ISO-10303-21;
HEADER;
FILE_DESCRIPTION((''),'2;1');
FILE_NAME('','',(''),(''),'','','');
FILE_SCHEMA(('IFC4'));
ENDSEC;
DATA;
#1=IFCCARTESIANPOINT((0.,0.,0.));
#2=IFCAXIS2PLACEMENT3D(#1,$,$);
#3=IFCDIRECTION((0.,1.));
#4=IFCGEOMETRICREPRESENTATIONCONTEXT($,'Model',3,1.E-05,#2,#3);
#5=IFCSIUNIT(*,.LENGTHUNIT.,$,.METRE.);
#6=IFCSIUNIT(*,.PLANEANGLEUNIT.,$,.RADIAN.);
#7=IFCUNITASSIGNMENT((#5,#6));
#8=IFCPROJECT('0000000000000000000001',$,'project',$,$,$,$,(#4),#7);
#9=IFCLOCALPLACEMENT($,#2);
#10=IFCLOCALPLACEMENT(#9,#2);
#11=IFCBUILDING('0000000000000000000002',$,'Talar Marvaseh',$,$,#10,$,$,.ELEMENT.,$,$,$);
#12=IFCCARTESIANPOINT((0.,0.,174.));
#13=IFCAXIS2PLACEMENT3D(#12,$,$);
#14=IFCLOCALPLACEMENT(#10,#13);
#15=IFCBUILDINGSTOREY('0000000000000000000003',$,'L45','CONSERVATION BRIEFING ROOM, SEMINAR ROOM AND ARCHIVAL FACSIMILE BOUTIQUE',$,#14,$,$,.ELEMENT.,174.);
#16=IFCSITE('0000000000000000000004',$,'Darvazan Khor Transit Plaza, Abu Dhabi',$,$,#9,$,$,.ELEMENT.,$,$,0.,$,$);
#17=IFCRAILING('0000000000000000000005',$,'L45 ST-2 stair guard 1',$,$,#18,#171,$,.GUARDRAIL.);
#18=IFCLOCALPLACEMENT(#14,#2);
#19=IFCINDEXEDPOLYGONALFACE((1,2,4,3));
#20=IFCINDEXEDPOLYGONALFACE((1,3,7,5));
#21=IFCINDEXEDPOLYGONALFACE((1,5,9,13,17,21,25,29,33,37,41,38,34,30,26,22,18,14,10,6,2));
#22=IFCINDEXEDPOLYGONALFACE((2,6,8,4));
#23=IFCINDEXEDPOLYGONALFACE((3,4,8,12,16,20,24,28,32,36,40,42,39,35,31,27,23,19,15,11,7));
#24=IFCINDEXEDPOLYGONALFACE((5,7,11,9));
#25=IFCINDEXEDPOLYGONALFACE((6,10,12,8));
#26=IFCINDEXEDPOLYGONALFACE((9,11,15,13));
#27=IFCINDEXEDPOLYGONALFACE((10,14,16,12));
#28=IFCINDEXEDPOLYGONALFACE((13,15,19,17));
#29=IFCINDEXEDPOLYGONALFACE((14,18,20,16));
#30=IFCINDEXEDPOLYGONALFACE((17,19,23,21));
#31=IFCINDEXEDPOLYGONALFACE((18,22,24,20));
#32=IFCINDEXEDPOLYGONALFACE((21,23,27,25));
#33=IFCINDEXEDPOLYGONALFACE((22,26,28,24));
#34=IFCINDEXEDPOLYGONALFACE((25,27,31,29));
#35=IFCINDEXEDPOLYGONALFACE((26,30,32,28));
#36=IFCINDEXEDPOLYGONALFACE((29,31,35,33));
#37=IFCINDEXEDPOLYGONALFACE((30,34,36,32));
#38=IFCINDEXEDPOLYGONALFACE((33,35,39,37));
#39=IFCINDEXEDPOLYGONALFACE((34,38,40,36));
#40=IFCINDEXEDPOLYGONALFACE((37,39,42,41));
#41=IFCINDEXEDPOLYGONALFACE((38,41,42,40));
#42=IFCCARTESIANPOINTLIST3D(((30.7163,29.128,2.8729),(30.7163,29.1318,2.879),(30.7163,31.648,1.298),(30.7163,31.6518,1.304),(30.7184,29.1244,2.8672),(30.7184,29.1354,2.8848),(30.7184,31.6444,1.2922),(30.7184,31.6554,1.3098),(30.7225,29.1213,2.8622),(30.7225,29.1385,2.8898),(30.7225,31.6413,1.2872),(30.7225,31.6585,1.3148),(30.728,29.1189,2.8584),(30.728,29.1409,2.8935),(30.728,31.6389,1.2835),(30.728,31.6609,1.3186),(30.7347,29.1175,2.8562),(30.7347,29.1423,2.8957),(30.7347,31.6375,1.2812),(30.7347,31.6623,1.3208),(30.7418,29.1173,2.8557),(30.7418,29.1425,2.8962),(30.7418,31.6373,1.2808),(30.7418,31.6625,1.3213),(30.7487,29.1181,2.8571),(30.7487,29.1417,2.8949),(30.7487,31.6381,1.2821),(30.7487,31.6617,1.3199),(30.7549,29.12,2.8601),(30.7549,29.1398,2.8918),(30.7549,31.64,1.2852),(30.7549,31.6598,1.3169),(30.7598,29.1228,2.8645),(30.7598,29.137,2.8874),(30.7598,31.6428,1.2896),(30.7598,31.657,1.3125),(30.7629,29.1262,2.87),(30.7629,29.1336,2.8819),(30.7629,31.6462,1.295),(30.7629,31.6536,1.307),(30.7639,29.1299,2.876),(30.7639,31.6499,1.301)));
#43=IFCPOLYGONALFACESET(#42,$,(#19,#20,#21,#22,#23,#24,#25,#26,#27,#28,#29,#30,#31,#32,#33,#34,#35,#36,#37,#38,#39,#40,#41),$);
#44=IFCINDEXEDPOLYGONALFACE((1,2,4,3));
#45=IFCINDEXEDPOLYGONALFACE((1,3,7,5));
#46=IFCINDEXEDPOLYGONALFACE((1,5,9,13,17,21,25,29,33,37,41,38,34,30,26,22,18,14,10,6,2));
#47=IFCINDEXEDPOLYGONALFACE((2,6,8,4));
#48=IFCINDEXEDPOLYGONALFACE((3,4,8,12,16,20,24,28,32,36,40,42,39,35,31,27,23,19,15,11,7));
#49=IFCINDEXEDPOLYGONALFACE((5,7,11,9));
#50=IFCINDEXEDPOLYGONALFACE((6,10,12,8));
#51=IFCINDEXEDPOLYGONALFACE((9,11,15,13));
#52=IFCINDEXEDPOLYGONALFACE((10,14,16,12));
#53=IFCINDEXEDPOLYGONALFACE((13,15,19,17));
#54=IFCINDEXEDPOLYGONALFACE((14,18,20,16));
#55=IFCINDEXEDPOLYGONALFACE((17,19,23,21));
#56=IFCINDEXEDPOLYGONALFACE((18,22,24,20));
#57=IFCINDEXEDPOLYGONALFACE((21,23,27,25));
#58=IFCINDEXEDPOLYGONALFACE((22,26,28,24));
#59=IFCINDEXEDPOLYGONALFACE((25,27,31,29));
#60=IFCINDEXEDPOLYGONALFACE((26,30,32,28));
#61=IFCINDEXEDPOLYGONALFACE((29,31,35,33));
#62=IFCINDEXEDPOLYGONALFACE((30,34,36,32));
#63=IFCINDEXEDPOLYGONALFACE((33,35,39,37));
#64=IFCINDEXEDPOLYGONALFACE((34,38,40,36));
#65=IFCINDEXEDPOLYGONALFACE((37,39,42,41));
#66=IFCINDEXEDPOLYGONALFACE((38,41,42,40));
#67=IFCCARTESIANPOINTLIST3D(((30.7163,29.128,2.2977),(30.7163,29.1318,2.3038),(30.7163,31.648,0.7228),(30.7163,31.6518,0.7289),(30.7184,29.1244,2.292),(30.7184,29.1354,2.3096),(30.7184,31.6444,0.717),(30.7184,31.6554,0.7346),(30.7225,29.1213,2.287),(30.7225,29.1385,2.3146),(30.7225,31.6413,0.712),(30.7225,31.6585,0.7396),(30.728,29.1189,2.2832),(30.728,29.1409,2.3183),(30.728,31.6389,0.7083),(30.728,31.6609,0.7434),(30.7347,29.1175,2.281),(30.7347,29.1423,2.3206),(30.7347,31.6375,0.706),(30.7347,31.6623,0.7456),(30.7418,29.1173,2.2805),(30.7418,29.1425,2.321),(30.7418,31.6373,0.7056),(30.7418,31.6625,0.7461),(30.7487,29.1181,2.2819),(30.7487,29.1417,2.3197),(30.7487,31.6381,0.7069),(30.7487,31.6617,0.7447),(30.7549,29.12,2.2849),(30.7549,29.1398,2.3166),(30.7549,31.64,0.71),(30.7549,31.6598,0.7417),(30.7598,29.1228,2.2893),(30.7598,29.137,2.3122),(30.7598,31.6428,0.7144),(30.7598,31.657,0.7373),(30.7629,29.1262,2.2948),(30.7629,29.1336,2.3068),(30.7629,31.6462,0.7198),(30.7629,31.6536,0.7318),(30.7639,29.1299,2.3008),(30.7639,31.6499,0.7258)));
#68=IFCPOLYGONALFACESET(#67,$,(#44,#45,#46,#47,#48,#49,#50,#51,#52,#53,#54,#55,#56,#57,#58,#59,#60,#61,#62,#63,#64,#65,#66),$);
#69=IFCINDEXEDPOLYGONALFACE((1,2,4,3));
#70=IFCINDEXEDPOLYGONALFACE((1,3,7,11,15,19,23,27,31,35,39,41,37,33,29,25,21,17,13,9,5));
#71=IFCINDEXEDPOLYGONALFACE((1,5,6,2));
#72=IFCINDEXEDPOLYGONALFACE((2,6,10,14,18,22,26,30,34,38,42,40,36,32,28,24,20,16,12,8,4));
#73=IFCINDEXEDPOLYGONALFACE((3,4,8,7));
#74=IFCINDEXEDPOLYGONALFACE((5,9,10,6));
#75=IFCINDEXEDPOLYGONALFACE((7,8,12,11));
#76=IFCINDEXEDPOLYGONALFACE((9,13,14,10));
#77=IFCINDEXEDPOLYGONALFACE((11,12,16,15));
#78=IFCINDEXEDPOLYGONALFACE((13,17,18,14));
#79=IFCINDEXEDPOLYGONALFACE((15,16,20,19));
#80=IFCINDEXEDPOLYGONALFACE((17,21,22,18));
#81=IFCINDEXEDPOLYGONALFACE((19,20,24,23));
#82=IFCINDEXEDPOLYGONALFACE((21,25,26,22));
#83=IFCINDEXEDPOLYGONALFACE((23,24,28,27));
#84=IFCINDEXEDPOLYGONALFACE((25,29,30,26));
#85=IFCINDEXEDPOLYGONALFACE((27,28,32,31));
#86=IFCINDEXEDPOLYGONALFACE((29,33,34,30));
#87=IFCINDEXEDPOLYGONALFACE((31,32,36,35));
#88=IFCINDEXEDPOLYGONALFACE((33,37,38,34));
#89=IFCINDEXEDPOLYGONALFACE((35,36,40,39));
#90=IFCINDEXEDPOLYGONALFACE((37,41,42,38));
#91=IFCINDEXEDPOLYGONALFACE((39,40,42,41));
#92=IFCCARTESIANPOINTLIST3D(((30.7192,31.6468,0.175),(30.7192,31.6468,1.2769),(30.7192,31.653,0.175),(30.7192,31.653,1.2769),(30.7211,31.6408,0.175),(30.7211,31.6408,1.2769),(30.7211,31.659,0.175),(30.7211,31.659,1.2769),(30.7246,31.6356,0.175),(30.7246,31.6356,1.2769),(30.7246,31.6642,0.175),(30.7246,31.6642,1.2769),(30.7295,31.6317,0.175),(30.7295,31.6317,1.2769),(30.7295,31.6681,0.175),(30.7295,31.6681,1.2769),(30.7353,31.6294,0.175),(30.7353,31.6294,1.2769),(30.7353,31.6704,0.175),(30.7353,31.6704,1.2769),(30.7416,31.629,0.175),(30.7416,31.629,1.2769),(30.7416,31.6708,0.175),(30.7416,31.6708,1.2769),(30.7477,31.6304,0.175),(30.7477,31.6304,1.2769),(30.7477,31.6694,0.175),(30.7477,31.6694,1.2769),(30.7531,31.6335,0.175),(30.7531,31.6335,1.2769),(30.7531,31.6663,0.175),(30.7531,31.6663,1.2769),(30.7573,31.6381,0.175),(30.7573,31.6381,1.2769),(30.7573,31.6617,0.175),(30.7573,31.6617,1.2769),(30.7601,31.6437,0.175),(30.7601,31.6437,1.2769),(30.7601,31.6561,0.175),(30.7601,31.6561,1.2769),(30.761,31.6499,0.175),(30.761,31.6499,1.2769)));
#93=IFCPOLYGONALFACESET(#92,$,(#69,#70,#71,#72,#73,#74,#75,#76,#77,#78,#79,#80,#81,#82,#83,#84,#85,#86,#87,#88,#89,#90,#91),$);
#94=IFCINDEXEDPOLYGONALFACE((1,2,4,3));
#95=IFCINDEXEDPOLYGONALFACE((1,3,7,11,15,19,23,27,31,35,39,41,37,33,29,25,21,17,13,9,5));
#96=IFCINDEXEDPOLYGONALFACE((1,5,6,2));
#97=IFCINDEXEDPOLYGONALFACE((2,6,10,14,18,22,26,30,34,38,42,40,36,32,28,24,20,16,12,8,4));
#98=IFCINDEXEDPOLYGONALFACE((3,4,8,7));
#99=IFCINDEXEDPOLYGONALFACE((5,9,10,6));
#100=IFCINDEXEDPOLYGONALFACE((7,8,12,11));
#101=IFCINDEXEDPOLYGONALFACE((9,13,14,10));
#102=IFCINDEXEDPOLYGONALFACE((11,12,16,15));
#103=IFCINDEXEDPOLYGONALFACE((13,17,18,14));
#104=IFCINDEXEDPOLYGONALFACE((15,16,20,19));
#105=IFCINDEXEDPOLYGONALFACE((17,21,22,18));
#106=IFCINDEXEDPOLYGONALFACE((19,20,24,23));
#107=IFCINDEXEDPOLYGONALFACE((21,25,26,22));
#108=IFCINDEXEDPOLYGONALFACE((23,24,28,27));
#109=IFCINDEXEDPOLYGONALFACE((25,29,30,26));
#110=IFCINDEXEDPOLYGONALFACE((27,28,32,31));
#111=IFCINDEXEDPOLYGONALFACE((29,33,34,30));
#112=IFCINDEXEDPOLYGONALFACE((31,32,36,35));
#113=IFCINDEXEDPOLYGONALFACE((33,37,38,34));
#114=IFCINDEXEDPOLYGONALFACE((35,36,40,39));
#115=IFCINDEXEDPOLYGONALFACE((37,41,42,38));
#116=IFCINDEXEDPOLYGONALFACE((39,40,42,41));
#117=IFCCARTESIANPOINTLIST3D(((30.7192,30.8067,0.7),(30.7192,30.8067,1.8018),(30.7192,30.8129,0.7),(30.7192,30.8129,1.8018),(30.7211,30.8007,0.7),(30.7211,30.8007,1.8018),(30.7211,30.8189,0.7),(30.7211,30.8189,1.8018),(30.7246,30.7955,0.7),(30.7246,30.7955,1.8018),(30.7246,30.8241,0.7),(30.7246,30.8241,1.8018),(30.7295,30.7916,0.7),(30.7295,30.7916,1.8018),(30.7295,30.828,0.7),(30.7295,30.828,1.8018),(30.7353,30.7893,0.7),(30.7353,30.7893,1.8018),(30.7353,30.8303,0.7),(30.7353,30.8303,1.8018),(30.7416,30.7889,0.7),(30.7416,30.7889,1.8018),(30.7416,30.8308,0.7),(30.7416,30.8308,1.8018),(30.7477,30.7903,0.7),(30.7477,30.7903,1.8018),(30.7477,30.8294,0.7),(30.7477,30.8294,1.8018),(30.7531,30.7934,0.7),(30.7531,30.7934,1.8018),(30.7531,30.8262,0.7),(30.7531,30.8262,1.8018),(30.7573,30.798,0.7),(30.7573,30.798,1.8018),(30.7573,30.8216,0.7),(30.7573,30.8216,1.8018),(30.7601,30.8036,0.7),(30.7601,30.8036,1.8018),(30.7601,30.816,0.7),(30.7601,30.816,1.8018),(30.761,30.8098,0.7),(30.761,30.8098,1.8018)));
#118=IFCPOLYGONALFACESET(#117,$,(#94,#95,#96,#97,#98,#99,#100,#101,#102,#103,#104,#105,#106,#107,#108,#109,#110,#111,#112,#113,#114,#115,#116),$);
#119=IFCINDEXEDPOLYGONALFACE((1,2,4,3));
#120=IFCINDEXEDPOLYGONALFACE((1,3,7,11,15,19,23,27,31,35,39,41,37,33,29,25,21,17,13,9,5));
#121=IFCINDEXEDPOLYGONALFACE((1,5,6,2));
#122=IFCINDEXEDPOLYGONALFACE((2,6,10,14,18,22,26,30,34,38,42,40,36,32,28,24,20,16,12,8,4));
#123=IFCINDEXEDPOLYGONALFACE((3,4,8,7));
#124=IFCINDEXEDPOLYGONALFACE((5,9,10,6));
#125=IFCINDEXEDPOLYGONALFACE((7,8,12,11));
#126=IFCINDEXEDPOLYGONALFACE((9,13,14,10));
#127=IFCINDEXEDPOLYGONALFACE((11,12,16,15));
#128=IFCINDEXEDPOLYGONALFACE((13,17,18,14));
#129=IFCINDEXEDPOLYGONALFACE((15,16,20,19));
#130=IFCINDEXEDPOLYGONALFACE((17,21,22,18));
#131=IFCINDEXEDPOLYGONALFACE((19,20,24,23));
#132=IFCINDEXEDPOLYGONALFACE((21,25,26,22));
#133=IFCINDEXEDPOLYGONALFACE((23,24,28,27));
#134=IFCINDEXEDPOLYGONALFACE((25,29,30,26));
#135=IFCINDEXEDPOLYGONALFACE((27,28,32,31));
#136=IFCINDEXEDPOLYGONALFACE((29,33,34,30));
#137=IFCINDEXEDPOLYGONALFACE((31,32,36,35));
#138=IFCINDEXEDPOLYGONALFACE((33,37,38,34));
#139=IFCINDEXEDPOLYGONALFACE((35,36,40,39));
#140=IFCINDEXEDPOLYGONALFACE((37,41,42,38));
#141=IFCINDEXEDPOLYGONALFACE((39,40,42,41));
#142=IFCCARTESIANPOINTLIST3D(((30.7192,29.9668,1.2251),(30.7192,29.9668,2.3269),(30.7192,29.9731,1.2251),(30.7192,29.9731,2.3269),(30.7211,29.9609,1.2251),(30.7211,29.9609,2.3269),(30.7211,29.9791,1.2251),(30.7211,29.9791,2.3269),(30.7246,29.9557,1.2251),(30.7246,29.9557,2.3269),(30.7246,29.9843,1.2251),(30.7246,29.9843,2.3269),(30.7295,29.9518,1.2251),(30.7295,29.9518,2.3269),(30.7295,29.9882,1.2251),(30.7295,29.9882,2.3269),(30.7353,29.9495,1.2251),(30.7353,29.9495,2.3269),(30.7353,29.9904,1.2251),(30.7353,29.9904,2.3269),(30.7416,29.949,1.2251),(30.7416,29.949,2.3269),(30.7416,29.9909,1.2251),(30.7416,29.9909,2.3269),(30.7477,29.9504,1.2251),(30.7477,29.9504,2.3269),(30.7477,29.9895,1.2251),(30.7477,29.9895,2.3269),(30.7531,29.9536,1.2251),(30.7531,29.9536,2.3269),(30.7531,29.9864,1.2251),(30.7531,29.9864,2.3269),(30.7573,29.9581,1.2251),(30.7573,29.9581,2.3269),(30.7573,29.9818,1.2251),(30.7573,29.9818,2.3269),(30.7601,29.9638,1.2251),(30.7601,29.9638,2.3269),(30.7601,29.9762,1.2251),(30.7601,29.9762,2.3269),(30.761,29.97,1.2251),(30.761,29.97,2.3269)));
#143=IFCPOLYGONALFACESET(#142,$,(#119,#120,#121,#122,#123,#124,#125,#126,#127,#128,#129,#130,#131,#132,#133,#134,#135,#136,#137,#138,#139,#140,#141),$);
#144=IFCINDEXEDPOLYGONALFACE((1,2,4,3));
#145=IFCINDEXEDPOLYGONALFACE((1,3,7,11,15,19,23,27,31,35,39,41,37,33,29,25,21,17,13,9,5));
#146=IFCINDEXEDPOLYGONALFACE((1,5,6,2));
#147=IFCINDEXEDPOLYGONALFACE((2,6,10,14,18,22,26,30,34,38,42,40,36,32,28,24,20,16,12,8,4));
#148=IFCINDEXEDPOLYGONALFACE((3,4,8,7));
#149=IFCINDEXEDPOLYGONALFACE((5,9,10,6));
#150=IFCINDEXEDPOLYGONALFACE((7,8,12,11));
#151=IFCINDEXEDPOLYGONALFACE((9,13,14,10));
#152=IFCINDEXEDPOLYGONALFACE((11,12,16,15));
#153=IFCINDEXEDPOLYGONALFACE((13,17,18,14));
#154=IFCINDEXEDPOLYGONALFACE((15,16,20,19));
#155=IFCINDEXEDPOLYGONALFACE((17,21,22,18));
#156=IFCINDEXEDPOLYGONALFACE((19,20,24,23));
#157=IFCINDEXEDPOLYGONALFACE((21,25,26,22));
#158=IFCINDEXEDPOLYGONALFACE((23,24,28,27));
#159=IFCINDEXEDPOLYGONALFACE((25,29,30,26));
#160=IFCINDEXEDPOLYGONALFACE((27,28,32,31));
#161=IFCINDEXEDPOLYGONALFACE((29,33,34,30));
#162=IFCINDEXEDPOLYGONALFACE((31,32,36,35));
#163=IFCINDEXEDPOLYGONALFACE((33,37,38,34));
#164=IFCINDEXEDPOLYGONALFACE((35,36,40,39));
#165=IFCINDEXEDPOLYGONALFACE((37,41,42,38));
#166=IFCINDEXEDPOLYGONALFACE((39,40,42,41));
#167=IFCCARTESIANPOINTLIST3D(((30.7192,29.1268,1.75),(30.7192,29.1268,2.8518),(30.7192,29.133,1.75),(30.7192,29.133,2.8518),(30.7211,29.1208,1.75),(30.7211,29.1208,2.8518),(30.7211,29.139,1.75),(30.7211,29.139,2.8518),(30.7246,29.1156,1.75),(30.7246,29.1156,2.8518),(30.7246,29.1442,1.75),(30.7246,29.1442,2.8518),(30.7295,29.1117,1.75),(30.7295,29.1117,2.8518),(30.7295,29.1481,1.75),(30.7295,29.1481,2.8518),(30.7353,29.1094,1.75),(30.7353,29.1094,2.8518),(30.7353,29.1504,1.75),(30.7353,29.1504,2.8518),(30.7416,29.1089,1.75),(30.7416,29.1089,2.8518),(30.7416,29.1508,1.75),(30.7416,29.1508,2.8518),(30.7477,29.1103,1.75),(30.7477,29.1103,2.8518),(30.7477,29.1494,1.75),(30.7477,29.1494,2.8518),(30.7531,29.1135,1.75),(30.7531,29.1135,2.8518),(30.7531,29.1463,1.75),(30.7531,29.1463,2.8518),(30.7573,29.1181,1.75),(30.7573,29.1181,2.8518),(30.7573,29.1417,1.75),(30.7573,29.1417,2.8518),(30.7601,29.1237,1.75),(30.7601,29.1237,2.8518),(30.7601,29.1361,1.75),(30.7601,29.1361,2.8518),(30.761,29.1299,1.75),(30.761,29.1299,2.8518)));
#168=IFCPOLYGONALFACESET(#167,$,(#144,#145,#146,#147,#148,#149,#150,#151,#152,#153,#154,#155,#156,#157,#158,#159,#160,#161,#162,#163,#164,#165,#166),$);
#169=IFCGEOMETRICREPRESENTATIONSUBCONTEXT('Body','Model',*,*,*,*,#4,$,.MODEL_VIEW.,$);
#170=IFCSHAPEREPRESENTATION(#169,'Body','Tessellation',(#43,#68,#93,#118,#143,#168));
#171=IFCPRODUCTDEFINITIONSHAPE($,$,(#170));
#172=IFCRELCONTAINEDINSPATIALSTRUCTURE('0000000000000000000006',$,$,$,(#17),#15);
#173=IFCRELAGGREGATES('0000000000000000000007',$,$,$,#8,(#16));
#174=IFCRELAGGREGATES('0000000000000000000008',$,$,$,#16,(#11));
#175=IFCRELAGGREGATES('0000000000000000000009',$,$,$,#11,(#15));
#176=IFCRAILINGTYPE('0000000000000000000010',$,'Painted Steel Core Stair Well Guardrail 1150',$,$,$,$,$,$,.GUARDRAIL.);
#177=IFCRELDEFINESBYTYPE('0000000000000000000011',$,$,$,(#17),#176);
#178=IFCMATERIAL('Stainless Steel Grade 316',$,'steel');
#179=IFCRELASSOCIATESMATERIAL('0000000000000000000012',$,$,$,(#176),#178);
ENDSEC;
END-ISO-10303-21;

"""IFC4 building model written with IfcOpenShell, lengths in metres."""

from ifc_helpers import new_model, si_unit, direction, frame, origin, origin_2d, place, context, subcontext, project, spatial, circle, extrude, material, type_object, element, save


model = new_model("IFC4")

# Units and contexts
model_context = context("Model", 3, precision=1e-05, world=origin(), true_north=direction((0.0, 1.0)))
body_context = subcontext(model_context, "Body", "Model", "MODEL_VIEW")
ifc_project = project(units=[si_unit("LENGTHUNIT", "METRE"), si_unit("PLANEANGLEUNIT", "RADIAN")], contexts=[model_context])

# Site, building, storey
site_placement = place(None, origin())
site = spatial("IfcSite", under=ifc_project, at=site_placement, Name="Darvazan Khor Transit Plaza, Abu Dhabi", CompositionType="ELEMENT", RefElevation=0.0)
building_placement = place(site_placement, origin())
building = spatial("IfcBuilding", under=site, at=building_placement, Name="Talar Marvaseh", CompositionType="ELEMENT")
storey_placement = place(building_placement, frame((0.0, 0.0, 174.0)))
storey = spatial("IfcBuildingStorey", under=building, at=storey_placement, Name="L45", Description="CONSERVATION BRIEFING ROOM, SEMINAR ROOM AND ARCHIVAL FACSIMILE BOUTIQUE", CompositionType="ELEMENT", Elevation=174.0)

# Shared definitions
ifc_material_1 = material(Name="Stainless Steel Grade 316", Category="steel")

# Railing
railing_type_1 = type_object("IfcRailingType", Name="Painted Steel Core Stair Well Guardrail 1150", PredefinedType="GUARDRAIL", material=ifc_material_1)
railing_1_placement = place(storey_placement, frame((30.74, 31.6499, 0.175)))
element("IfcRailing", 1, at=railing_1_placement, inside=storey, type_object=railing_type_1, Name="L45 ST-2 stair guard 1", PredefinedType="GUARDRAIL", context=body_context, shape_type="SweptSolid", body=[
    extrude(circle(Radius=0.0239, at=origin_2d()), frame((0.0, 0.0, 1.126), z_axis=(0.0, -0.848008, 0.529984), x_axis=(1.0, 0.0, 0.0)), (0.0, 0.0, 1.0), 2.9717),
    extrude(circle(Radius=0.0239, at=origin_2d()), frame((0.0, 0.0, 0.5508), z_axis=(0.0, -0.848008, 0.529984), x_axis=(1.0, 0.0, 0.0)), (0.0, 0.0, 1.0), 2.9717),
    extrude(circle(Radius=0.021, at=origin_2d()), origin(), (0.0, 0.0, 1.0), 1.1018),
    extrude(circle(Radius=0.021, at=origin_2d()), frame((0.0, -0.8401, 0.5249)), (0.0, 0.0, 1.0), 1.1018),
    extrude(circle(Radius=0.021, at=origin_2d()), frame((0.0, -1.6799, 1.05)), (0.0, 0.0, 1.0), 1.1018),
    extrude(circle(Radius=0.021, at=origin_2d()), frame((0.0, -2.52, 1.575)), (0.0, 0.0, 1.0), 1.1018),
])

save(model, "model.ifc")
